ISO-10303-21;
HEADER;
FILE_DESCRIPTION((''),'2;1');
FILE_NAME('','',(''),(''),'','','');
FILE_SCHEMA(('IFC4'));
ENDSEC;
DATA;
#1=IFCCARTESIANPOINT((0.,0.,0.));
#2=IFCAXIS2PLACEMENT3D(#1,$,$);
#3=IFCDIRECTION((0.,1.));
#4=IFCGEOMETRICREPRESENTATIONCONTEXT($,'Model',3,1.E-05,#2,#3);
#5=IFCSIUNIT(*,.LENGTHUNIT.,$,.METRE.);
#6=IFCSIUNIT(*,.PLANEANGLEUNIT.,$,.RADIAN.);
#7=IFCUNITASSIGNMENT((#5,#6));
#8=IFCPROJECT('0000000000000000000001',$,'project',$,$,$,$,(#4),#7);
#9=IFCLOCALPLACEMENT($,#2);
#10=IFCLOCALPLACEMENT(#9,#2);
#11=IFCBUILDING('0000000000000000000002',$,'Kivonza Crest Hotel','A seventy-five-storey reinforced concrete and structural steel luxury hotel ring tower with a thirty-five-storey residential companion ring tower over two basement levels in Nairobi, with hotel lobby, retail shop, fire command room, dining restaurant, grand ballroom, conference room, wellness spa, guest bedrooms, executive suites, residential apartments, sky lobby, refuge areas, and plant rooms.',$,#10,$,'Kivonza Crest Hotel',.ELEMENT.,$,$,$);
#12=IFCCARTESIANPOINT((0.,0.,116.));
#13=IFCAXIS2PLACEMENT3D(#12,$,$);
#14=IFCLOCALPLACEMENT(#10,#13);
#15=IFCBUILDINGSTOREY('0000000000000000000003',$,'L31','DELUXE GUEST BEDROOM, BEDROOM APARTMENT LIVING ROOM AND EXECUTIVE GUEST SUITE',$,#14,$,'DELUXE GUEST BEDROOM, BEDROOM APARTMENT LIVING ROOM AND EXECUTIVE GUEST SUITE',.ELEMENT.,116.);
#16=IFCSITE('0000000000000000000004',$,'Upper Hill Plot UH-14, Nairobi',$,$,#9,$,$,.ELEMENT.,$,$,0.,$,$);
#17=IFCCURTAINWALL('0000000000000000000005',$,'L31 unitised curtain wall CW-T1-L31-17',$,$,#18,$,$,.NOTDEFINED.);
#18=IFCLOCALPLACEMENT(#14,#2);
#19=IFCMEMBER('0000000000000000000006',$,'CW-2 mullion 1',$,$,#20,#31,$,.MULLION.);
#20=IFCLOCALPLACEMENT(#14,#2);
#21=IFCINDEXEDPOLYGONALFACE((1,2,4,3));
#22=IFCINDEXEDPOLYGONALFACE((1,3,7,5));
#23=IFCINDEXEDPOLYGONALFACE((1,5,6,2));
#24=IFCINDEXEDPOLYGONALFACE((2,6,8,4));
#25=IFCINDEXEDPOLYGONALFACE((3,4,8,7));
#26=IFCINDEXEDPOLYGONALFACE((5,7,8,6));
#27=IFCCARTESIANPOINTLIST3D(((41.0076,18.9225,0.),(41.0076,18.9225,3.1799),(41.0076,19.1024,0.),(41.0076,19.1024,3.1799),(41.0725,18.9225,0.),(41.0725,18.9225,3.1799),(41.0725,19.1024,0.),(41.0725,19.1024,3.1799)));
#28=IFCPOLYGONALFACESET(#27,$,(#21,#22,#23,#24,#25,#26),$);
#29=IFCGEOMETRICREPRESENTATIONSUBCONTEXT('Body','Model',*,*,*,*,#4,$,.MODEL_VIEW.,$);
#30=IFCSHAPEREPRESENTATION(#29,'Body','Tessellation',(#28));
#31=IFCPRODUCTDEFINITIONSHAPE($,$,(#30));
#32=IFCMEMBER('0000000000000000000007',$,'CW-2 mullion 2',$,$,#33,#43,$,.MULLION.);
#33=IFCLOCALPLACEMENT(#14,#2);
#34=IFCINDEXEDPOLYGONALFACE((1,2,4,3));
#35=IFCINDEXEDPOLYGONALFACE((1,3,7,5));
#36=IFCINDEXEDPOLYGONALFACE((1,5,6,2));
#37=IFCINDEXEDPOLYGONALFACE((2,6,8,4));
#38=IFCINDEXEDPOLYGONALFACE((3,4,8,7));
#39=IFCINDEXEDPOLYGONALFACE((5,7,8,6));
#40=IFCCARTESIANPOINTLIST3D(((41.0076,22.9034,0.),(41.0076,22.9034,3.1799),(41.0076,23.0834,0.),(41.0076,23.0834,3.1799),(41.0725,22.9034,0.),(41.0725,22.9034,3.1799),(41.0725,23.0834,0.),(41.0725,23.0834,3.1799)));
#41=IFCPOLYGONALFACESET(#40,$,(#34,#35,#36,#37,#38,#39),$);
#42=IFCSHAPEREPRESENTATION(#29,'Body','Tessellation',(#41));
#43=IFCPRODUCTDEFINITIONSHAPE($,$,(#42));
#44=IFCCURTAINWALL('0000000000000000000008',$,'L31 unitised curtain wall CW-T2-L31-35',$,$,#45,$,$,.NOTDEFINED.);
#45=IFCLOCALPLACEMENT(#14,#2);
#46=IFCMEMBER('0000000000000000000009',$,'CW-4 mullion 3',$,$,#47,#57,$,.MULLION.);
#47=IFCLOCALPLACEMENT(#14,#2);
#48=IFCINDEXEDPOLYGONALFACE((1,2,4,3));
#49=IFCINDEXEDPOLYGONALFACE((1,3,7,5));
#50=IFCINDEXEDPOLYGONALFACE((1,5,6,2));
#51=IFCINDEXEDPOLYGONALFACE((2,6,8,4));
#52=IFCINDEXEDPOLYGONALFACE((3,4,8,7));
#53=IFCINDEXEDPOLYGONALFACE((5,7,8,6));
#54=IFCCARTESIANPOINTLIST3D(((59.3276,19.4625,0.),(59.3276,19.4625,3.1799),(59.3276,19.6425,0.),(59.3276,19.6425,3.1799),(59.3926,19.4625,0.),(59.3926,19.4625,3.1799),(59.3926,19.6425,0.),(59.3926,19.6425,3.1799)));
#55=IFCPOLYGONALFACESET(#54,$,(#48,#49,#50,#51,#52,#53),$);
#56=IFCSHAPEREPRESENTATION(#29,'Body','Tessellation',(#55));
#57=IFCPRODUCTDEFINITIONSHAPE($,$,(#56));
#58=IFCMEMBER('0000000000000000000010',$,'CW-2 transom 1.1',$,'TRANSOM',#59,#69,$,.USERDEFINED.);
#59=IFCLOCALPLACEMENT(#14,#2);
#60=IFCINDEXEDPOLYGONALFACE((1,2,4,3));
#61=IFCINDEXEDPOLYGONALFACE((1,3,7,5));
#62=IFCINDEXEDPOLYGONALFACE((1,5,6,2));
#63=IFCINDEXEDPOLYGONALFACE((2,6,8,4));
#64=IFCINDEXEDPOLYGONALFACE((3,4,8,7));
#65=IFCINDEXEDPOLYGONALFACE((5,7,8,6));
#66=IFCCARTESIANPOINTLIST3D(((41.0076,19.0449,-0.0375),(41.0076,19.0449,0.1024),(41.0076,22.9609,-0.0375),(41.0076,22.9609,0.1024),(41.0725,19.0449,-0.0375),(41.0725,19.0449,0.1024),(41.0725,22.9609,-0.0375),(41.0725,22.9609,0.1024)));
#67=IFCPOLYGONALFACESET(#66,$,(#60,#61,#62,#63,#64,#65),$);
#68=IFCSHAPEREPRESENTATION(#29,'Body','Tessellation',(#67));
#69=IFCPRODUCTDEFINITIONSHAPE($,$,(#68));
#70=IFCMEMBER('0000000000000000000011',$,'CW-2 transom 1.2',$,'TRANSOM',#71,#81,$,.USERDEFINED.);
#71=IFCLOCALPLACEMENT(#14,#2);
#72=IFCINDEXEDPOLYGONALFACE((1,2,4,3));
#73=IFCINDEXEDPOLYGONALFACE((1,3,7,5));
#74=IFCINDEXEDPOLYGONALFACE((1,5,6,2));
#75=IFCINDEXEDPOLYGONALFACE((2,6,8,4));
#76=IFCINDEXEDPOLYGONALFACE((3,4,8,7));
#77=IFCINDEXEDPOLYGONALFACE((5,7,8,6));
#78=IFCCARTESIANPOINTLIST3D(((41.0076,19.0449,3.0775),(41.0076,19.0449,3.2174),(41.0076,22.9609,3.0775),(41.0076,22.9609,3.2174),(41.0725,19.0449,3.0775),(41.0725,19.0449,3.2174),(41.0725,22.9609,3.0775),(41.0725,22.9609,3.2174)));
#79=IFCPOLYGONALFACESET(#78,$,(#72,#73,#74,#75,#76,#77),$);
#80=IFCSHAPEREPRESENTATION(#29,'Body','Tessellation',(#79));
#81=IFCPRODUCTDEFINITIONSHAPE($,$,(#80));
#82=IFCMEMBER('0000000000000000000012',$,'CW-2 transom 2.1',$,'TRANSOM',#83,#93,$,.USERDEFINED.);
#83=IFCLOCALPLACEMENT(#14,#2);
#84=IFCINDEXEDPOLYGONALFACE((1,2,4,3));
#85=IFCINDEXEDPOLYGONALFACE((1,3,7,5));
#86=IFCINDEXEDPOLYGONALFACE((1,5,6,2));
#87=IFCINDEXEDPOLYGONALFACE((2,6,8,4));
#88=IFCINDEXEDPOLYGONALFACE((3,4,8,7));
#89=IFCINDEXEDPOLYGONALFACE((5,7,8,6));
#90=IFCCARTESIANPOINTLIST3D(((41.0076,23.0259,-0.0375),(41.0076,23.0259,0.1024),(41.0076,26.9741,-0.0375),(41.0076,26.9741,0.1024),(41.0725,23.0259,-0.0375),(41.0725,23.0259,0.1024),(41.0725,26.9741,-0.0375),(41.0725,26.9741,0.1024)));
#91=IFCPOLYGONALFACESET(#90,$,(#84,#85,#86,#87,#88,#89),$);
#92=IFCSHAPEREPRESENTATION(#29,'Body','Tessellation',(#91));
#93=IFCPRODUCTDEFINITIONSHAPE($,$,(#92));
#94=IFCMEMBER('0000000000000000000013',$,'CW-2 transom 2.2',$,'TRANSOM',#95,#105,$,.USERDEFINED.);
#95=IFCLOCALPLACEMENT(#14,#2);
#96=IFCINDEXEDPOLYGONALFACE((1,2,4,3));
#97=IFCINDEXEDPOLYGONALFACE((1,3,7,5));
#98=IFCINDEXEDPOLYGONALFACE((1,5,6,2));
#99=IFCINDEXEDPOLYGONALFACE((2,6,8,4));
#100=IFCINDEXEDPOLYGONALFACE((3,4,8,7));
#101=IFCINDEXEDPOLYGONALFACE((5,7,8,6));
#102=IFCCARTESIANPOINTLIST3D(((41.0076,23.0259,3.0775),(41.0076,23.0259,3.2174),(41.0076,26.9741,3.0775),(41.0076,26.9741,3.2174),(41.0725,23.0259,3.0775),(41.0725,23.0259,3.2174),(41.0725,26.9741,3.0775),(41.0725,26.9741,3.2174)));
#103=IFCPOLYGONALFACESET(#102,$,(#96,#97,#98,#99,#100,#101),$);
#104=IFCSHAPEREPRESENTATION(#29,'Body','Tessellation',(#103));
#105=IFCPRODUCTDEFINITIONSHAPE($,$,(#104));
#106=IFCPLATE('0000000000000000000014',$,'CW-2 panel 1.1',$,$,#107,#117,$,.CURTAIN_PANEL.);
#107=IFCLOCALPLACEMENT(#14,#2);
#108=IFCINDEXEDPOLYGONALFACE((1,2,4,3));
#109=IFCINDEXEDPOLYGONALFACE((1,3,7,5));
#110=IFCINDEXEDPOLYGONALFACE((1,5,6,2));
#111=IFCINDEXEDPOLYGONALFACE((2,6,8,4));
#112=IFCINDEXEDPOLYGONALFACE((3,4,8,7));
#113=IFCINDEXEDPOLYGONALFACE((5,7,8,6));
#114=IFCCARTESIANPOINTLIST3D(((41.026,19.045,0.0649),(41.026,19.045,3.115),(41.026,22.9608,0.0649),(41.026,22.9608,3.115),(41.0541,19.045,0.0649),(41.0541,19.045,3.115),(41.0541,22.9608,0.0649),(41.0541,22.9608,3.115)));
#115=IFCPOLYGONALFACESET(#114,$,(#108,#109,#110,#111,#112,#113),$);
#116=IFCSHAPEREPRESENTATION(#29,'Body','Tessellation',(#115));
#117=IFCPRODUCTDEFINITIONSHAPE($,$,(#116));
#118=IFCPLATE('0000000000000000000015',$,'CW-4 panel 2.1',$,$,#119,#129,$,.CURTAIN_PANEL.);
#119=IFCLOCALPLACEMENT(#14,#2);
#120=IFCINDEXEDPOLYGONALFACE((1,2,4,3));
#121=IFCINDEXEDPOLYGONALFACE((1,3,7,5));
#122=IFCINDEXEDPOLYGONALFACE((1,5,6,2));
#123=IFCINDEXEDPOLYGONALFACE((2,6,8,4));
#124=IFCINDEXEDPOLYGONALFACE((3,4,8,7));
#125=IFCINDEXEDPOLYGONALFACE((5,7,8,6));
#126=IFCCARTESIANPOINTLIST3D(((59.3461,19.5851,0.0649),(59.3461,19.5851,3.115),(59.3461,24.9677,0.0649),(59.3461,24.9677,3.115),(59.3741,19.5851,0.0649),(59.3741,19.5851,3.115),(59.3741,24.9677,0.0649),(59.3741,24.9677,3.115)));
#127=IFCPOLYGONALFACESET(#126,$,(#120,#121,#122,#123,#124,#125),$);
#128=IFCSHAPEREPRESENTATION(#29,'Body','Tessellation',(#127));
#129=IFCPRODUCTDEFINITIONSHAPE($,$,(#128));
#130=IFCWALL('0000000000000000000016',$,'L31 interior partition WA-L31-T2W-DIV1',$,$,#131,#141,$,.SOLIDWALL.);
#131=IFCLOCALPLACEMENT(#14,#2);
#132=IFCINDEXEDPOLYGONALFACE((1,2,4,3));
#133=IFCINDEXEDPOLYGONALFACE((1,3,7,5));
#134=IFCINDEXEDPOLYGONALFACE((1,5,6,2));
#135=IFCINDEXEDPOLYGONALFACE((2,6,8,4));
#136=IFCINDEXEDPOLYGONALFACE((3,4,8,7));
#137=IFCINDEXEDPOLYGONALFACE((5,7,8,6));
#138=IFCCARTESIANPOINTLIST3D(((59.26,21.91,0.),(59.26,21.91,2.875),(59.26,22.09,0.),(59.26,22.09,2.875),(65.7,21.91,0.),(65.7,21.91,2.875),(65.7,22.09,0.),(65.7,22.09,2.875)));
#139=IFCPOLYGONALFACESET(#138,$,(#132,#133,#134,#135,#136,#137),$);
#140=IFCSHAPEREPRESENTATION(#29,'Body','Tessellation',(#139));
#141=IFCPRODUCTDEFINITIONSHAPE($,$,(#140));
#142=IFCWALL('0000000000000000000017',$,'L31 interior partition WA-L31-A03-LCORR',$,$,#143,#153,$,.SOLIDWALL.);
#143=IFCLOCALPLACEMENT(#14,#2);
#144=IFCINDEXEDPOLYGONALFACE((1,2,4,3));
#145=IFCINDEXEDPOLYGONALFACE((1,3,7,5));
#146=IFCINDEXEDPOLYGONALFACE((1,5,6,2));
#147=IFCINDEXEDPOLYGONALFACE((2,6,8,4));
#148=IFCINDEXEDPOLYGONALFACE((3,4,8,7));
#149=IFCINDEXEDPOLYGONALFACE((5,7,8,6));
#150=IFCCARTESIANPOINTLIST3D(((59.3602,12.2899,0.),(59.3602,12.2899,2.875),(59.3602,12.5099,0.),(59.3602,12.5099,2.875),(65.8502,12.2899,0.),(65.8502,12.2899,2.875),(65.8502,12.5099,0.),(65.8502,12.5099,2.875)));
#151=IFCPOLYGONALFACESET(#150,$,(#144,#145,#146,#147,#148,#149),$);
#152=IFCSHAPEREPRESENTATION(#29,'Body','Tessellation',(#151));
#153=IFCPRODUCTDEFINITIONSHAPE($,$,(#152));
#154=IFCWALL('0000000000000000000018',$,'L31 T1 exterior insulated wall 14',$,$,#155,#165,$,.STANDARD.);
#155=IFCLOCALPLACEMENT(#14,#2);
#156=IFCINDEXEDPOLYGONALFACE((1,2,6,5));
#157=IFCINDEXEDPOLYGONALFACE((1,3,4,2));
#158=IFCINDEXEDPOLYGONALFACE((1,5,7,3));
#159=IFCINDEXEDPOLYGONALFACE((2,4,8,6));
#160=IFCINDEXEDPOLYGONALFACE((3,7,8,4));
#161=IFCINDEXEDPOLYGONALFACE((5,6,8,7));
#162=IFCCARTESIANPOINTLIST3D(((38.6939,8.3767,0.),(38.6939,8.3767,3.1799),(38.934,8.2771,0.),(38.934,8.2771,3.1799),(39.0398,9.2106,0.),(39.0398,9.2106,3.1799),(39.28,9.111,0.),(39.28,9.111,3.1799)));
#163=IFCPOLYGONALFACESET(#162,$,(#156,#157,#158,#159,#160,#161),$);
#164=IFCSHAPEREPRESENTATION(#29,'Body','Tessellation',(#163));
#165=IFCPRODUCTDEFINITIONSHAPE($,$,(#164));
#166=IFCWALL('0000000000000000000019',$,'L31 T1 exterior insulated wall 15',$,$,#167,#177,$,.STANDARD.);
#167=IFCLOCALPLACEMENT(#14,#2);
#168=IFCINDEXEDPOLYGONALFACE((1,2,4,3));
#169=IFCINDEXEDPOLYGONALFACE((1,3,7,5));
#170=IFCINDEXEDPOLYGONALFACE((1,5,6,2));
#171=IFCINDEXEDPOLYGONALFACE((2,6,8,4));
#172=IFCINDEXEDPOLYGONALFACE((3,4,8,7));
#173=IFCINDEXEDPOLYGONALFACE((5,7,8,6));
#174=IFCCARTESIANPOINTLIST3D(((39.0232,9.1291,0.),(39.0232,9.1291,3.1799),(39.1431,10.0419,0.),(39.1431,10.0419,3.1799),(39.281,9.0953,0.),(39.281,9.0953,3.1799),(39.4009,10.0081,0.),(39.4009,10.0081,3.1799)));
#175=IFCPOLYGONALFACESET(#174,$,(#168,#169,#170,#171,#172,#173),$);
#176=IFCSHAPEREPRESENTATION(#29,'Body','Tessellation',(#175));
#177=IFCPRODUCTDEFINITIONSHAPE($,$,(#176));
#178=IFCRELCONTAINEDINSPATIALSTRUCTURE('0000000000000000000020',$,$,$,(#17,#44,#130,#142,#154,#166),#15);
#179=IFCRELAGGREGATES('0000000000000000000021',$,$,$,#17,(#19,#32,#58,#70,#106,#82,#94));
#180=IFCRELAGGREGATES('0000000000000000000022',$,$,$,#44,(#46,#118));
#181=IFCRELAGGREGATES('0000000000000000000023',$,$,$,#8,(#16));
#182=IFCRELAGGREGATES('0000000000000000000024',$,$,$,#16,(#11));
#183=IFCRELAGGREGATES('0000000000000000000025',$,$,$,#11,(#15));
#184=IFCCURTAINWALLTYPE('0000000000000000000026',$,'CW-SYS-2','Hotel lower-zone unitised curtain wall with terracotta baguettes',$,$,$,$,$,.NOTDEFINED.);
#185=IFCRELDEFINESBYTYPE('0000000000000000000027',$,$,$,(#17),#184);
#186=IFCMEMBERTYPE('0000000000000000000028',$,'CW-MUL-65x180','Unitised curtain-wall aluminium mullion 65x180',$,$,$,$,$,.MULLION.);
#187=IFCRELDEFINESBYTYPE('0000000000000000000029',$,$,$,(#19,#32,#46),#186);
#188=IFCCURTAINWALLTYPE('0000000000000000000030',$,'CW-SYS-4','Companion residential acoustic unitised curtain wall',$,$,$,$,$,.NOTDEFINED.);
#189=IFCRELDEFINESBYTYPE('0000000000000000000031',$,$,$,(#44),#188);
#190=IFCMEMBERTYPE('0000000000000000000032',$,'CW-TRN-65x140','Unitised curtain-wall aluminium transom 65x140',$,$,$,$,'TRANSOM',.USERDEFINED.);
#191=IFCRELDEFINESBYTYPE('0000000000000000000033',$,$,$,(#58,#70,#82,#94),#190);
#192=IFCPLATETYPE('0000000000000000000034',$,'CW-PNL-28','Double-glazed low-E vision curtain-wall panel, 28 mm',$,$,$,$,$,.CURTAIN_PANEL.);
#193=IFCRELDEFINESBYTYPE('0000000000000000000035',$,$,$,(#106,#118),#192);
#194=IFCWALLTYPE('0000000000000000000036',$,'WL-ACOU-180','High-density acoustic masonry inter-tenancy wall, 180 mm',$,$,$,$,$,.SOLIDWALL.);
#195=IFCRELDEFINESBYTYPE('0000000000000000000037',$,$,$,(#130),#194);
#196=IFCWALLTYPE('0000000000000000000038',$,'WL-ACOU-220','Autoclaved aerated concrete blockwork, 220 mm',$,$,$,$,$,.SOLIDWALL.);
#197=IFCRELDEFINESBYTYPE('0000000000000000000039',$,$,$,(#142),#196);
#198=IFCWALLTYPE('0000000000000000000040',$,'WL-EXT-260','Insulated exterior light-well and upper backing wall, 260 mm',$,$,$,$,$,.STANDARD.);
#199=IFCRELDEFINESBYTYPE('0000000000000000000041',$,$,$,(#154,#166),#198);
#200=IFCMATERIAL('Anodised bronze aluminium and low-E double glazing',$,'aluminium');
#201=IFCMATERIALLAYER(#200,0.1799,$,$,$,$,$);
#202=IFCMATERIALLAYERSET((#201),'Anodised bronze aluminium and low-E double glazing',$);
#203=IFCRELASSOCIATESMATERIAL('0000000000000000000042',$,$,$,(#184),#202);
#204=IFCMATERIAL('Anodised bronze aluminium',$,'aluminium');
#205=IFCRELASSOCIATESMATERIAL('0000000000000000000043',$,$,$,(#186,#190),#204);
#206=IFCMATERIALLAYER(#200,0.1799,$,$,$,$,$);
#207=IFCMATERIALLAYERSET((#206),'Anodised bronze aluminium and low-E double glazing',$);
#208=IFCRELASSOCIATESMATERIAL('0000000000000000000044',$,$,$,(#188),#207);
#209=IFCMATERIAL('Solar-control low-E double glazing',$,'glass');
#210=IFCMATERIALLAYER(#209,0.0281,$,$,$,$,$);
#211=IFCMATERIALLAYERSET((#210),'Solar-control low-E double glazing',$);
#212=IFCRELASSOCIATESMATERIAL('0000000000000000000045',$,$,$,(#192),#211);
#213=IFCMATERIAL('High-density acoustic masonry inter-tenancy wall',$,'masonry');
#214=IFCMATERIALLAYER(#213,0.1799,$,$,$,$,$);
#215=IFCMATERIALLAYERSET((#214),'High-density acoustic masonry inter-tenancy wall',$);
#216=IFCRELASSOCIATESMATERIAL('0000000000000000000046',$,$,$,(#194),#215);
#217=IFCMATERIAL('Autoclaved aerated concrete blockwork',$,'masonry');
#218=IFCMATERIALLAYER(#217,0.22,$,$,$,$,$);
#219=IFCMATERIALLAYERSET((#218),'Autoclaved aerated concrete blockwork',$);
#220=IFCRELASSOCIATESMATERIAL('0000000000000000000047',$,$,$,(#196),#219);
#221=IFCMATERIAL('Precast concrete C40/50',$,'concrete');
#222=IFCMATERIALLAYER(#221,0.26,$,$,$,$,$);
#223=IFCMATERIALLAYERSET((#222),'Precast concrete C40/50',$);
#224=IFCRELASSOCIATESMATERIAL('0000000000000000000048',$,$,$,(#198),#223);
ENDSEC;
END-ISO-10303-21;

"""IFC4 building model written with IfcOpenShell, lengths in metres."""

from ifc_helpers import new_model, si_unit, direction, frame, frame_2d, origin, origin_2d, place, context, subcontext, project, spatial, rectangle, extrude, material, layer, layer_set, material_profile, profile_set, type_object, element, aggregate, save


model = new_model("IFC4")

# Units and contexts
model_context = context("Model", 3, precision=1e-05, world=origin(), true_north=direction((0.0, 1.0)))
body_context = subcontext(model_context, "Body", "Model", "MODEL_VIEW")
ifc_project = project(units=[si_unit("LENGTHUNIT", "METRE"), si_unit("PLANEANGLEUNIT", "RADIAN")], contexts=[model_context])

# Site, building, storey
site_placement = place(None, origin())
site = spatial("IfcSite", under=ifc_project, at=site_placement, Name="Upper Hill Plot UH-14, Nairobi", CompositionType="ELEMENT", RefElevation=0.0)
building_placement = place(site_placement, origin())
building = spatial("IfcBuilding", under=site, at=building_placement, Name="Kivonza Crest Hotel", Description="A seventy-five-storey reinforced concrete and structural steel luxury hotel ring tower with a thirty-five-storey residential companion ring tower over two basement levels in Nairobi, with hotel lobby, retail shop, fire command room, dining restaurant, grand ballroom, conference room, wellness spa, guest bedrooms, executive suites, residential apartments, sky lobby, refuge areas, and plant rooms.", LongName="Kivonza Crest Hotel", CompositionType="ELEMENT")
storey_placement = place(building_placement, frame((0.0, 0.0, 116.0)))
storey = spatial("IfcBuildingStorey", under=building, at=storey_placement, Name="L31", Description="DELUXE GUEST BEDROOM, BEDROOM APARTMENT LIVING ROOM AND EXECUTIVE GUEST SUITE", LongName="DELUXE GUEST BEDROOM, BEDROOM APARTMENT LIVING ROOM AND EXECUTIVE GUEST SUITE", CompositionType="ELEMENT", Elevation=116.0)

# Curtain wall, members
ifc_material_1 = material(Name="Anodised bronze aluminium and low-E double glazing", Category="aluminium")
ifc_layer_1 = layer(ifc_material_1, 0.1799)
ifc_layer_set_1 = layer_set([ifc_layer_1], Name="Anodised bronze aluminium and low-E double glazing")
curtain_wall_type_1 = type_object("IfcCurtainWallType", Name="CW-SYS-2", Description="Hotel lower-zone unitised curtain wall with terracotta baguettes", PredefinedType="NOTDEFINED", material=ifc_layer_set_1)
curtain_wall_1_placement = place(storey_placement, origin())
curtain_wall_1 = element("IfcCurtainWall", 1, at=curtain_wall_1_placement, inside=storey, type_object=curtain_wall_type_1, Name="L31 unitised curtain wall CW-T1-L31-17", PredefinedType="NOTDEFINED")
ifc_material_2 = material(Name="Anodised bronze aluminium", Category="aluminium")
ifc_material_profile_1 = material_profile(ifc_material_2, rectangle(XDim=0.0649, YDim=0.1799, at=origin_2d()), Name="CW-M 65x180")
ifc_profile_set_1 = profile_set([ifc_material_profile_1], Name="Anodised bronze aluminium")
member_type_1 = type_object("IfcMemberType", Name="CW-MUL-65x180", Description="Unitised curtain-wall aluminium mullion 65x180", PredefinedType="MULLION", material=ifc_profile_set_1)
member_1_placement = place(storey_placement, frame((41.04, 19.0125, 0.0), z_axis=(0.0, 0.0, 1.0), x_axis=(-1.0, 0.0, 0.0)))
member_1 = element("IfcMember", 2, at=member_1_placement, type_object=member_type_1, Name="CW-2 mullion 1", PredefinedType="MULLION", context=body_context, shape_type="SweptSolid", body=[
    extrude(rectangle(XDim=0.0649, YDim=0.1799, at=origin_2d()), origin(), (0.0, 0.0, 1.0), 3.1799),
])
member_2_placement = place(storey_placement, frame((41.04, 22.9934, 0.0), z_axis=(0.0, 0.0, 1.0), x_axis=(-1.0, 0.0, 0.0)))
member_2 = element("IfcMember", 3, at=member_2_placement, type_object=member_type_1, Name="CW-2 mullion 2", PredefinedType="MULLION", context=body_context, shape_type="SweptSolid", body=[
    extrude(rectangle(XDim=0.0649, YDim=0.1799, at=origin_2d()), origin(), (0.0, 0.0, 1.0), 3.1799),
])

# Curtain wall, member
ifc_layer_2 = layer(ifc_material_1, 0.1799)
ifc_layer_set_2 = layer_set([ifc_layer_2], Name="Anodised bronze aluminium and low-E double glazing")
curtain_wall_type_2 = type_object("IfcCurtainWallType", Name="CW-SYS-4", Description="Companion residential acoustic unitised curtain wall", PredefinedType="NOTDEFINED", material=ifc_layer_set_2)
curtain_wall_2_placement = place(storey_placement, origin())
curtain_wall_2 = element("IfcCurtainWall", 4, at=curtain_wall_2_placement, inside=storey, type_object=curtain_wall_type_2, Name="L31 unitised curtain wall CW-T2-L31-35", PredefinedType="NOTDEFINED")
member_3_placement = place(storey_placement, frame((59.3601, 19.5525, 0.0), z_axis=(0.0, 0.0, 1.0), x_axis=(1.0, 0.0, 0.0)))
member_3 = element("IfcMember", 5, at=member_3_placement, type_object=member_type_1, Name="CW-4 mullion 3", PredefinedType="MULLION", context=body_context, shape_type="SweptSolid", body=[
    extrude(rectangle(XDim=0.0649, YDim=0.1799, at=origin_2d()), origin(), (0.0, 0.0, 1.0), 3.1799),
])

# Members
ifc_material_profile_2 = material_profile(ifc_material_2, rectangle(XDim=0.0649, YDim=0.1399, at=origin_2d()), Name="CW-T 65x140")
ifc_profile_set_2 = profile_set([ifc_material_profile_2], Name="Anodised bronze aluminium")
member_type_2 = type_object("IfcMemberType", Name="CW-TRN-65x140", Description="Unitised curtain-wall aluminium transom 65x140", ElementType="TRANSOM", PredefinedType="USERDEFINED", material=ifc_profile_set_2)
member_4_placement = place(storey_placement, frame((41.04, 19.0449, 0.0325), z_axis=(0.0, 1.0, 0.0), x_axis=(-1.0, 0.0, 0.0)))
member_4 = element("IfcMember", 6, at=member_4_placement, type_object=member_type_2, Name="CW-2 transom 1.1", ObjectType="TRANSOM", PredefinedType="USERDEFINED", context=body_context, shape_type="SweptSolid", body=[
    extrude(rectangle(XDim=0.0649, YDim=0.1399, at=origin_2d()), origin(), (0.0, 0.0, 1.0), 3.916),
])
member_5_placement = place(storey_placement, frame((41.04, 19.0449, 3.1475), z_axis=(0.0, 1.0, 0.0), x_axis=(-1.0, 0.0, 0.0)))
member_5 = element("IfcMember", 7, at=member_5_placement, type_object=member_type_2, Name="CW-2 transom 1.2", ObjectType="TRANSOM", PredefinedType="USERDEFINED", context=body_context, shape_type="SweptSolid", body=[
    extrude(rectangle(XDim=0.0649, YDim=0.1399, at=origin_2d()), origin(), (0.0, 0.0, 1.0), 3.916),
])
member_6_placement = place(storey_placement, frame((41.04, 23.0259, 0.0325), z_axis=(0.0, 1.0, 0.0), x_axis=(-1.0, 0.0, 0.0)))
member_6 = element("IfcMember", 8, at=member_6_placement, type_object=member_type_2, Name="CW-2 transom 2.1", ObjectType="TRANSOM", PredefinedType="USERDEFINED", context=body_context, shape_type="SweptSolid", body=[
    extrude(rectangle(XDim=0.0649, YDim=0.1399, at=origin_2d()), origin(), (0.0, 0.0, 1.0), 3.9482),
])
member_7_placement = place(storey_placement, frame((41.04, 23.0259, 3.1475), z_axis=(0.0, 1.0, 0.0), x_axis=(-1.0, 0.0, 0.0)))
member_7 = element("IfcMember", 9, at=member_7_placement, type_object=member_type_2, Name="CW-2 transom 2.2", ObjectType="TRANSOM", PredefinedType="USERDEFINED", context=body_context, shape_type="SweptSolid", body=[
    extrude(rectangle(XDim=0.0649, YDim=0.1399, at=origin_2d()), origin(), (0.0, 0.0, 1.0), 3.9482),
])

# Plates
ifc_material_3 = material(Name="Solar-control low-E double glazing", Category="glass")
ifc_layer_3 = layer(ifc_material_3, 0.0281)
ifc_layer_set_3 = layer_set([ifc_layer_3], Name="Solar-control low-E double glazing")
plate_type = type_object("IfcPlateType", Name="CW-PNL-28", Description="Double-glazed low-E vision curtain-wall panel, 28 mm", PredefinedType="CURTAIN_PANEL", material=ifc_layer_set_3)
plate_1_placement = place(storey_placement, frame((41.04, 21.0029, 0.0649), z_axis=(0.0, 0.0, 1.0), x_axis=(0.0, 1.0, 0.0)))
plate_1 = element("IfcPlate", 10, at=plate_1_placement, type_object=plate_type, Name="CW-2 panel 1.1", PredefinedType="CURTAIN_PANEL", context=body_context, shape_type="SweptSolid", body=[
    extrude(rectangle(XDim=3.9158, YDim=0.0281, at=origin_2d()), origin(), (0.0, 0.0, 1.0), 3.05),
])
aggregate(curtain_wall_1, [member_1, member_2, member_4, member_5, plate_1, member_6, member_7])
plate_2_placement = place(storey_placement, frame((59.3601, 22.2764, 0.0649), z_axis=(0.0, 0.0, 1.0), x_axis=(0.0, -1.0, 0.0)))
plate_2 = element("IfcPlate", 11, at=plate_2_placement, type_object=plate_type, Name="CW-4 panel 2.1", PredefinedType="CURTAIN_PANEL", context=body_context, shape_type="SweptSolid", body=[
    extrude(rectangle(XDim=5.3826, YDim=0.0281, at=origin_2d()), origin(), (0.0, 0.0, 1.0), 3.05),
])
aggregate(curtain_wall_2, [member_3, plate_2])

# Walls
ifc_material_4 = material(Name="High-density acoustic masonry inter-tenancy wall", Category="masonry")
ifc_layer_4 = layer(ifc_material_4, 0.1799)
ifc_layer_set_4 = layer_set([ifc_layer_4], Name="High-density acoustic masonry inter-tenancy wall")
wall_type_1 = type_object("IfcWallType", Name="WL-ACOU-180", Description="High-density acoustic masonry inter-tenancy wall, 180 mm", PredefinedType="SOLIDWALL", material=ifc_layer_set_4)
wall_1_placement = place(storey_placement, frame((59.26, 22.0, 0.0), z_axis=(0.0, 0.0, 1.0), x_axis=(1.0, 0.0, 0.0)))
element("IfcWall", 12, at=wall_1_placement, inside=storey, type_object=wall_type_1, Name="L31 interior partition WA-L31-T2W-DIV1", PredefinedType="SOLIDWALL", context=body_context, shape_type="SweptSolid", body=[
    extrude(rectangle(XDim=6.4399, YDim=0.1799, at=frame_2d((3.22, 0.0))), origin(), (0.0, 0.0, 1.0), 2.875),
])
ifc_material_5 = material(Name="Autoclaved aerated concrete blockwork", Category="masonry")
ifc_layer_5 = layer(ifc_material_5, 0.22)
ifc_layer_set_5 = layer_set([ifc_layer_5], Name="Autoclaved aerated concrete blockwork")
wall_type_2 = type_object("IfcWallType", Name="WL-ACOU-220", Description="Autoclaved aerated concrete blockwork, 220 mm", PredefinedType="SOLIDWALL", material=ifc_layer_set_5)
wall_2_placement = place(storey_placement, frame((59.3601, 12.3999, 0.0), z_axis=(0.0, 0.0, 1.0), x_axis=(1.0, 0.0, 0.0)))
element("IfcWall", 13, at=wall_2_placement, inside=storey, type_object=wall_type_2, Name="L31 interior partition WA-L31-A03-LCORR", PredefinedType="SOLIDWALL", context=body_context, shape_type="SweptSolid", body=[
    extrude(rectangle(XDim=6.49, YDim=0.22, at=frame_2d((3.2451, 0.0))), origin(), (0.0, 0.0, 1.0), 2.875),
])
ifc_material_6 = material(Name="Precast concrete C40/50", Category="concrete")
ifc_layer_6 = layer(ifc_material_6, 0.26)
ifc_layer_set_6 = layer_set([ifc_layer_6], Name="Precast concrete C40/50")
wall_type_3 = type_object("IfcWallType", Name="WL-EXT-260", Description="Insulated exterior light-well and upper backing wall, 260 mm", PredefinedType="STANDARD", material=ifc_layer_set_6)
wall_3_placement = place(storey_placement, frame((38.814, 8.3269, 0.0), z_axis=(0.0, 0.0, 1.0), x_axis=(0.383156, 0.923684, 0.0)))
element("IfcWall", 14, at=wall_3_placement, inside=storey, type_object=wall_type_3, Name="L31 T1 exterior insulated wall 14", PredefinedType="STANDARD", context=body_context, shape_type="SweptSolid", body=[
    extrude(rectangle(XDim=0.9028, YDim=0.26, at=frame_2d((0.4514, 0.0))), origin(), (0.0, 0.0, 1.0), 3.1799),
])
wall_4_placement = place(storey_placement, frame((39.1521, 9.1121, 0.0), z_axis=(0.0, 0.0, 1.0), x_axis=(0.130201, 0.991488, 0.0)))
element("IfcWall", 15, at=wall_4_placement, inside=storey, type_object=wall_type_3, Name="L31 T1 exterior insulated wall 15", PredefinedType="STANDARD", context=body_context, shape_type="SweptSolid", body=[
    extrude(rectangle(XDim=0.9207, YDim=0.26, at=frame_2d((0.4604, 0.0))), origin(), (0.0, 0.0, 1.0), 3.1799),
])

save(model, "model.ifc")
